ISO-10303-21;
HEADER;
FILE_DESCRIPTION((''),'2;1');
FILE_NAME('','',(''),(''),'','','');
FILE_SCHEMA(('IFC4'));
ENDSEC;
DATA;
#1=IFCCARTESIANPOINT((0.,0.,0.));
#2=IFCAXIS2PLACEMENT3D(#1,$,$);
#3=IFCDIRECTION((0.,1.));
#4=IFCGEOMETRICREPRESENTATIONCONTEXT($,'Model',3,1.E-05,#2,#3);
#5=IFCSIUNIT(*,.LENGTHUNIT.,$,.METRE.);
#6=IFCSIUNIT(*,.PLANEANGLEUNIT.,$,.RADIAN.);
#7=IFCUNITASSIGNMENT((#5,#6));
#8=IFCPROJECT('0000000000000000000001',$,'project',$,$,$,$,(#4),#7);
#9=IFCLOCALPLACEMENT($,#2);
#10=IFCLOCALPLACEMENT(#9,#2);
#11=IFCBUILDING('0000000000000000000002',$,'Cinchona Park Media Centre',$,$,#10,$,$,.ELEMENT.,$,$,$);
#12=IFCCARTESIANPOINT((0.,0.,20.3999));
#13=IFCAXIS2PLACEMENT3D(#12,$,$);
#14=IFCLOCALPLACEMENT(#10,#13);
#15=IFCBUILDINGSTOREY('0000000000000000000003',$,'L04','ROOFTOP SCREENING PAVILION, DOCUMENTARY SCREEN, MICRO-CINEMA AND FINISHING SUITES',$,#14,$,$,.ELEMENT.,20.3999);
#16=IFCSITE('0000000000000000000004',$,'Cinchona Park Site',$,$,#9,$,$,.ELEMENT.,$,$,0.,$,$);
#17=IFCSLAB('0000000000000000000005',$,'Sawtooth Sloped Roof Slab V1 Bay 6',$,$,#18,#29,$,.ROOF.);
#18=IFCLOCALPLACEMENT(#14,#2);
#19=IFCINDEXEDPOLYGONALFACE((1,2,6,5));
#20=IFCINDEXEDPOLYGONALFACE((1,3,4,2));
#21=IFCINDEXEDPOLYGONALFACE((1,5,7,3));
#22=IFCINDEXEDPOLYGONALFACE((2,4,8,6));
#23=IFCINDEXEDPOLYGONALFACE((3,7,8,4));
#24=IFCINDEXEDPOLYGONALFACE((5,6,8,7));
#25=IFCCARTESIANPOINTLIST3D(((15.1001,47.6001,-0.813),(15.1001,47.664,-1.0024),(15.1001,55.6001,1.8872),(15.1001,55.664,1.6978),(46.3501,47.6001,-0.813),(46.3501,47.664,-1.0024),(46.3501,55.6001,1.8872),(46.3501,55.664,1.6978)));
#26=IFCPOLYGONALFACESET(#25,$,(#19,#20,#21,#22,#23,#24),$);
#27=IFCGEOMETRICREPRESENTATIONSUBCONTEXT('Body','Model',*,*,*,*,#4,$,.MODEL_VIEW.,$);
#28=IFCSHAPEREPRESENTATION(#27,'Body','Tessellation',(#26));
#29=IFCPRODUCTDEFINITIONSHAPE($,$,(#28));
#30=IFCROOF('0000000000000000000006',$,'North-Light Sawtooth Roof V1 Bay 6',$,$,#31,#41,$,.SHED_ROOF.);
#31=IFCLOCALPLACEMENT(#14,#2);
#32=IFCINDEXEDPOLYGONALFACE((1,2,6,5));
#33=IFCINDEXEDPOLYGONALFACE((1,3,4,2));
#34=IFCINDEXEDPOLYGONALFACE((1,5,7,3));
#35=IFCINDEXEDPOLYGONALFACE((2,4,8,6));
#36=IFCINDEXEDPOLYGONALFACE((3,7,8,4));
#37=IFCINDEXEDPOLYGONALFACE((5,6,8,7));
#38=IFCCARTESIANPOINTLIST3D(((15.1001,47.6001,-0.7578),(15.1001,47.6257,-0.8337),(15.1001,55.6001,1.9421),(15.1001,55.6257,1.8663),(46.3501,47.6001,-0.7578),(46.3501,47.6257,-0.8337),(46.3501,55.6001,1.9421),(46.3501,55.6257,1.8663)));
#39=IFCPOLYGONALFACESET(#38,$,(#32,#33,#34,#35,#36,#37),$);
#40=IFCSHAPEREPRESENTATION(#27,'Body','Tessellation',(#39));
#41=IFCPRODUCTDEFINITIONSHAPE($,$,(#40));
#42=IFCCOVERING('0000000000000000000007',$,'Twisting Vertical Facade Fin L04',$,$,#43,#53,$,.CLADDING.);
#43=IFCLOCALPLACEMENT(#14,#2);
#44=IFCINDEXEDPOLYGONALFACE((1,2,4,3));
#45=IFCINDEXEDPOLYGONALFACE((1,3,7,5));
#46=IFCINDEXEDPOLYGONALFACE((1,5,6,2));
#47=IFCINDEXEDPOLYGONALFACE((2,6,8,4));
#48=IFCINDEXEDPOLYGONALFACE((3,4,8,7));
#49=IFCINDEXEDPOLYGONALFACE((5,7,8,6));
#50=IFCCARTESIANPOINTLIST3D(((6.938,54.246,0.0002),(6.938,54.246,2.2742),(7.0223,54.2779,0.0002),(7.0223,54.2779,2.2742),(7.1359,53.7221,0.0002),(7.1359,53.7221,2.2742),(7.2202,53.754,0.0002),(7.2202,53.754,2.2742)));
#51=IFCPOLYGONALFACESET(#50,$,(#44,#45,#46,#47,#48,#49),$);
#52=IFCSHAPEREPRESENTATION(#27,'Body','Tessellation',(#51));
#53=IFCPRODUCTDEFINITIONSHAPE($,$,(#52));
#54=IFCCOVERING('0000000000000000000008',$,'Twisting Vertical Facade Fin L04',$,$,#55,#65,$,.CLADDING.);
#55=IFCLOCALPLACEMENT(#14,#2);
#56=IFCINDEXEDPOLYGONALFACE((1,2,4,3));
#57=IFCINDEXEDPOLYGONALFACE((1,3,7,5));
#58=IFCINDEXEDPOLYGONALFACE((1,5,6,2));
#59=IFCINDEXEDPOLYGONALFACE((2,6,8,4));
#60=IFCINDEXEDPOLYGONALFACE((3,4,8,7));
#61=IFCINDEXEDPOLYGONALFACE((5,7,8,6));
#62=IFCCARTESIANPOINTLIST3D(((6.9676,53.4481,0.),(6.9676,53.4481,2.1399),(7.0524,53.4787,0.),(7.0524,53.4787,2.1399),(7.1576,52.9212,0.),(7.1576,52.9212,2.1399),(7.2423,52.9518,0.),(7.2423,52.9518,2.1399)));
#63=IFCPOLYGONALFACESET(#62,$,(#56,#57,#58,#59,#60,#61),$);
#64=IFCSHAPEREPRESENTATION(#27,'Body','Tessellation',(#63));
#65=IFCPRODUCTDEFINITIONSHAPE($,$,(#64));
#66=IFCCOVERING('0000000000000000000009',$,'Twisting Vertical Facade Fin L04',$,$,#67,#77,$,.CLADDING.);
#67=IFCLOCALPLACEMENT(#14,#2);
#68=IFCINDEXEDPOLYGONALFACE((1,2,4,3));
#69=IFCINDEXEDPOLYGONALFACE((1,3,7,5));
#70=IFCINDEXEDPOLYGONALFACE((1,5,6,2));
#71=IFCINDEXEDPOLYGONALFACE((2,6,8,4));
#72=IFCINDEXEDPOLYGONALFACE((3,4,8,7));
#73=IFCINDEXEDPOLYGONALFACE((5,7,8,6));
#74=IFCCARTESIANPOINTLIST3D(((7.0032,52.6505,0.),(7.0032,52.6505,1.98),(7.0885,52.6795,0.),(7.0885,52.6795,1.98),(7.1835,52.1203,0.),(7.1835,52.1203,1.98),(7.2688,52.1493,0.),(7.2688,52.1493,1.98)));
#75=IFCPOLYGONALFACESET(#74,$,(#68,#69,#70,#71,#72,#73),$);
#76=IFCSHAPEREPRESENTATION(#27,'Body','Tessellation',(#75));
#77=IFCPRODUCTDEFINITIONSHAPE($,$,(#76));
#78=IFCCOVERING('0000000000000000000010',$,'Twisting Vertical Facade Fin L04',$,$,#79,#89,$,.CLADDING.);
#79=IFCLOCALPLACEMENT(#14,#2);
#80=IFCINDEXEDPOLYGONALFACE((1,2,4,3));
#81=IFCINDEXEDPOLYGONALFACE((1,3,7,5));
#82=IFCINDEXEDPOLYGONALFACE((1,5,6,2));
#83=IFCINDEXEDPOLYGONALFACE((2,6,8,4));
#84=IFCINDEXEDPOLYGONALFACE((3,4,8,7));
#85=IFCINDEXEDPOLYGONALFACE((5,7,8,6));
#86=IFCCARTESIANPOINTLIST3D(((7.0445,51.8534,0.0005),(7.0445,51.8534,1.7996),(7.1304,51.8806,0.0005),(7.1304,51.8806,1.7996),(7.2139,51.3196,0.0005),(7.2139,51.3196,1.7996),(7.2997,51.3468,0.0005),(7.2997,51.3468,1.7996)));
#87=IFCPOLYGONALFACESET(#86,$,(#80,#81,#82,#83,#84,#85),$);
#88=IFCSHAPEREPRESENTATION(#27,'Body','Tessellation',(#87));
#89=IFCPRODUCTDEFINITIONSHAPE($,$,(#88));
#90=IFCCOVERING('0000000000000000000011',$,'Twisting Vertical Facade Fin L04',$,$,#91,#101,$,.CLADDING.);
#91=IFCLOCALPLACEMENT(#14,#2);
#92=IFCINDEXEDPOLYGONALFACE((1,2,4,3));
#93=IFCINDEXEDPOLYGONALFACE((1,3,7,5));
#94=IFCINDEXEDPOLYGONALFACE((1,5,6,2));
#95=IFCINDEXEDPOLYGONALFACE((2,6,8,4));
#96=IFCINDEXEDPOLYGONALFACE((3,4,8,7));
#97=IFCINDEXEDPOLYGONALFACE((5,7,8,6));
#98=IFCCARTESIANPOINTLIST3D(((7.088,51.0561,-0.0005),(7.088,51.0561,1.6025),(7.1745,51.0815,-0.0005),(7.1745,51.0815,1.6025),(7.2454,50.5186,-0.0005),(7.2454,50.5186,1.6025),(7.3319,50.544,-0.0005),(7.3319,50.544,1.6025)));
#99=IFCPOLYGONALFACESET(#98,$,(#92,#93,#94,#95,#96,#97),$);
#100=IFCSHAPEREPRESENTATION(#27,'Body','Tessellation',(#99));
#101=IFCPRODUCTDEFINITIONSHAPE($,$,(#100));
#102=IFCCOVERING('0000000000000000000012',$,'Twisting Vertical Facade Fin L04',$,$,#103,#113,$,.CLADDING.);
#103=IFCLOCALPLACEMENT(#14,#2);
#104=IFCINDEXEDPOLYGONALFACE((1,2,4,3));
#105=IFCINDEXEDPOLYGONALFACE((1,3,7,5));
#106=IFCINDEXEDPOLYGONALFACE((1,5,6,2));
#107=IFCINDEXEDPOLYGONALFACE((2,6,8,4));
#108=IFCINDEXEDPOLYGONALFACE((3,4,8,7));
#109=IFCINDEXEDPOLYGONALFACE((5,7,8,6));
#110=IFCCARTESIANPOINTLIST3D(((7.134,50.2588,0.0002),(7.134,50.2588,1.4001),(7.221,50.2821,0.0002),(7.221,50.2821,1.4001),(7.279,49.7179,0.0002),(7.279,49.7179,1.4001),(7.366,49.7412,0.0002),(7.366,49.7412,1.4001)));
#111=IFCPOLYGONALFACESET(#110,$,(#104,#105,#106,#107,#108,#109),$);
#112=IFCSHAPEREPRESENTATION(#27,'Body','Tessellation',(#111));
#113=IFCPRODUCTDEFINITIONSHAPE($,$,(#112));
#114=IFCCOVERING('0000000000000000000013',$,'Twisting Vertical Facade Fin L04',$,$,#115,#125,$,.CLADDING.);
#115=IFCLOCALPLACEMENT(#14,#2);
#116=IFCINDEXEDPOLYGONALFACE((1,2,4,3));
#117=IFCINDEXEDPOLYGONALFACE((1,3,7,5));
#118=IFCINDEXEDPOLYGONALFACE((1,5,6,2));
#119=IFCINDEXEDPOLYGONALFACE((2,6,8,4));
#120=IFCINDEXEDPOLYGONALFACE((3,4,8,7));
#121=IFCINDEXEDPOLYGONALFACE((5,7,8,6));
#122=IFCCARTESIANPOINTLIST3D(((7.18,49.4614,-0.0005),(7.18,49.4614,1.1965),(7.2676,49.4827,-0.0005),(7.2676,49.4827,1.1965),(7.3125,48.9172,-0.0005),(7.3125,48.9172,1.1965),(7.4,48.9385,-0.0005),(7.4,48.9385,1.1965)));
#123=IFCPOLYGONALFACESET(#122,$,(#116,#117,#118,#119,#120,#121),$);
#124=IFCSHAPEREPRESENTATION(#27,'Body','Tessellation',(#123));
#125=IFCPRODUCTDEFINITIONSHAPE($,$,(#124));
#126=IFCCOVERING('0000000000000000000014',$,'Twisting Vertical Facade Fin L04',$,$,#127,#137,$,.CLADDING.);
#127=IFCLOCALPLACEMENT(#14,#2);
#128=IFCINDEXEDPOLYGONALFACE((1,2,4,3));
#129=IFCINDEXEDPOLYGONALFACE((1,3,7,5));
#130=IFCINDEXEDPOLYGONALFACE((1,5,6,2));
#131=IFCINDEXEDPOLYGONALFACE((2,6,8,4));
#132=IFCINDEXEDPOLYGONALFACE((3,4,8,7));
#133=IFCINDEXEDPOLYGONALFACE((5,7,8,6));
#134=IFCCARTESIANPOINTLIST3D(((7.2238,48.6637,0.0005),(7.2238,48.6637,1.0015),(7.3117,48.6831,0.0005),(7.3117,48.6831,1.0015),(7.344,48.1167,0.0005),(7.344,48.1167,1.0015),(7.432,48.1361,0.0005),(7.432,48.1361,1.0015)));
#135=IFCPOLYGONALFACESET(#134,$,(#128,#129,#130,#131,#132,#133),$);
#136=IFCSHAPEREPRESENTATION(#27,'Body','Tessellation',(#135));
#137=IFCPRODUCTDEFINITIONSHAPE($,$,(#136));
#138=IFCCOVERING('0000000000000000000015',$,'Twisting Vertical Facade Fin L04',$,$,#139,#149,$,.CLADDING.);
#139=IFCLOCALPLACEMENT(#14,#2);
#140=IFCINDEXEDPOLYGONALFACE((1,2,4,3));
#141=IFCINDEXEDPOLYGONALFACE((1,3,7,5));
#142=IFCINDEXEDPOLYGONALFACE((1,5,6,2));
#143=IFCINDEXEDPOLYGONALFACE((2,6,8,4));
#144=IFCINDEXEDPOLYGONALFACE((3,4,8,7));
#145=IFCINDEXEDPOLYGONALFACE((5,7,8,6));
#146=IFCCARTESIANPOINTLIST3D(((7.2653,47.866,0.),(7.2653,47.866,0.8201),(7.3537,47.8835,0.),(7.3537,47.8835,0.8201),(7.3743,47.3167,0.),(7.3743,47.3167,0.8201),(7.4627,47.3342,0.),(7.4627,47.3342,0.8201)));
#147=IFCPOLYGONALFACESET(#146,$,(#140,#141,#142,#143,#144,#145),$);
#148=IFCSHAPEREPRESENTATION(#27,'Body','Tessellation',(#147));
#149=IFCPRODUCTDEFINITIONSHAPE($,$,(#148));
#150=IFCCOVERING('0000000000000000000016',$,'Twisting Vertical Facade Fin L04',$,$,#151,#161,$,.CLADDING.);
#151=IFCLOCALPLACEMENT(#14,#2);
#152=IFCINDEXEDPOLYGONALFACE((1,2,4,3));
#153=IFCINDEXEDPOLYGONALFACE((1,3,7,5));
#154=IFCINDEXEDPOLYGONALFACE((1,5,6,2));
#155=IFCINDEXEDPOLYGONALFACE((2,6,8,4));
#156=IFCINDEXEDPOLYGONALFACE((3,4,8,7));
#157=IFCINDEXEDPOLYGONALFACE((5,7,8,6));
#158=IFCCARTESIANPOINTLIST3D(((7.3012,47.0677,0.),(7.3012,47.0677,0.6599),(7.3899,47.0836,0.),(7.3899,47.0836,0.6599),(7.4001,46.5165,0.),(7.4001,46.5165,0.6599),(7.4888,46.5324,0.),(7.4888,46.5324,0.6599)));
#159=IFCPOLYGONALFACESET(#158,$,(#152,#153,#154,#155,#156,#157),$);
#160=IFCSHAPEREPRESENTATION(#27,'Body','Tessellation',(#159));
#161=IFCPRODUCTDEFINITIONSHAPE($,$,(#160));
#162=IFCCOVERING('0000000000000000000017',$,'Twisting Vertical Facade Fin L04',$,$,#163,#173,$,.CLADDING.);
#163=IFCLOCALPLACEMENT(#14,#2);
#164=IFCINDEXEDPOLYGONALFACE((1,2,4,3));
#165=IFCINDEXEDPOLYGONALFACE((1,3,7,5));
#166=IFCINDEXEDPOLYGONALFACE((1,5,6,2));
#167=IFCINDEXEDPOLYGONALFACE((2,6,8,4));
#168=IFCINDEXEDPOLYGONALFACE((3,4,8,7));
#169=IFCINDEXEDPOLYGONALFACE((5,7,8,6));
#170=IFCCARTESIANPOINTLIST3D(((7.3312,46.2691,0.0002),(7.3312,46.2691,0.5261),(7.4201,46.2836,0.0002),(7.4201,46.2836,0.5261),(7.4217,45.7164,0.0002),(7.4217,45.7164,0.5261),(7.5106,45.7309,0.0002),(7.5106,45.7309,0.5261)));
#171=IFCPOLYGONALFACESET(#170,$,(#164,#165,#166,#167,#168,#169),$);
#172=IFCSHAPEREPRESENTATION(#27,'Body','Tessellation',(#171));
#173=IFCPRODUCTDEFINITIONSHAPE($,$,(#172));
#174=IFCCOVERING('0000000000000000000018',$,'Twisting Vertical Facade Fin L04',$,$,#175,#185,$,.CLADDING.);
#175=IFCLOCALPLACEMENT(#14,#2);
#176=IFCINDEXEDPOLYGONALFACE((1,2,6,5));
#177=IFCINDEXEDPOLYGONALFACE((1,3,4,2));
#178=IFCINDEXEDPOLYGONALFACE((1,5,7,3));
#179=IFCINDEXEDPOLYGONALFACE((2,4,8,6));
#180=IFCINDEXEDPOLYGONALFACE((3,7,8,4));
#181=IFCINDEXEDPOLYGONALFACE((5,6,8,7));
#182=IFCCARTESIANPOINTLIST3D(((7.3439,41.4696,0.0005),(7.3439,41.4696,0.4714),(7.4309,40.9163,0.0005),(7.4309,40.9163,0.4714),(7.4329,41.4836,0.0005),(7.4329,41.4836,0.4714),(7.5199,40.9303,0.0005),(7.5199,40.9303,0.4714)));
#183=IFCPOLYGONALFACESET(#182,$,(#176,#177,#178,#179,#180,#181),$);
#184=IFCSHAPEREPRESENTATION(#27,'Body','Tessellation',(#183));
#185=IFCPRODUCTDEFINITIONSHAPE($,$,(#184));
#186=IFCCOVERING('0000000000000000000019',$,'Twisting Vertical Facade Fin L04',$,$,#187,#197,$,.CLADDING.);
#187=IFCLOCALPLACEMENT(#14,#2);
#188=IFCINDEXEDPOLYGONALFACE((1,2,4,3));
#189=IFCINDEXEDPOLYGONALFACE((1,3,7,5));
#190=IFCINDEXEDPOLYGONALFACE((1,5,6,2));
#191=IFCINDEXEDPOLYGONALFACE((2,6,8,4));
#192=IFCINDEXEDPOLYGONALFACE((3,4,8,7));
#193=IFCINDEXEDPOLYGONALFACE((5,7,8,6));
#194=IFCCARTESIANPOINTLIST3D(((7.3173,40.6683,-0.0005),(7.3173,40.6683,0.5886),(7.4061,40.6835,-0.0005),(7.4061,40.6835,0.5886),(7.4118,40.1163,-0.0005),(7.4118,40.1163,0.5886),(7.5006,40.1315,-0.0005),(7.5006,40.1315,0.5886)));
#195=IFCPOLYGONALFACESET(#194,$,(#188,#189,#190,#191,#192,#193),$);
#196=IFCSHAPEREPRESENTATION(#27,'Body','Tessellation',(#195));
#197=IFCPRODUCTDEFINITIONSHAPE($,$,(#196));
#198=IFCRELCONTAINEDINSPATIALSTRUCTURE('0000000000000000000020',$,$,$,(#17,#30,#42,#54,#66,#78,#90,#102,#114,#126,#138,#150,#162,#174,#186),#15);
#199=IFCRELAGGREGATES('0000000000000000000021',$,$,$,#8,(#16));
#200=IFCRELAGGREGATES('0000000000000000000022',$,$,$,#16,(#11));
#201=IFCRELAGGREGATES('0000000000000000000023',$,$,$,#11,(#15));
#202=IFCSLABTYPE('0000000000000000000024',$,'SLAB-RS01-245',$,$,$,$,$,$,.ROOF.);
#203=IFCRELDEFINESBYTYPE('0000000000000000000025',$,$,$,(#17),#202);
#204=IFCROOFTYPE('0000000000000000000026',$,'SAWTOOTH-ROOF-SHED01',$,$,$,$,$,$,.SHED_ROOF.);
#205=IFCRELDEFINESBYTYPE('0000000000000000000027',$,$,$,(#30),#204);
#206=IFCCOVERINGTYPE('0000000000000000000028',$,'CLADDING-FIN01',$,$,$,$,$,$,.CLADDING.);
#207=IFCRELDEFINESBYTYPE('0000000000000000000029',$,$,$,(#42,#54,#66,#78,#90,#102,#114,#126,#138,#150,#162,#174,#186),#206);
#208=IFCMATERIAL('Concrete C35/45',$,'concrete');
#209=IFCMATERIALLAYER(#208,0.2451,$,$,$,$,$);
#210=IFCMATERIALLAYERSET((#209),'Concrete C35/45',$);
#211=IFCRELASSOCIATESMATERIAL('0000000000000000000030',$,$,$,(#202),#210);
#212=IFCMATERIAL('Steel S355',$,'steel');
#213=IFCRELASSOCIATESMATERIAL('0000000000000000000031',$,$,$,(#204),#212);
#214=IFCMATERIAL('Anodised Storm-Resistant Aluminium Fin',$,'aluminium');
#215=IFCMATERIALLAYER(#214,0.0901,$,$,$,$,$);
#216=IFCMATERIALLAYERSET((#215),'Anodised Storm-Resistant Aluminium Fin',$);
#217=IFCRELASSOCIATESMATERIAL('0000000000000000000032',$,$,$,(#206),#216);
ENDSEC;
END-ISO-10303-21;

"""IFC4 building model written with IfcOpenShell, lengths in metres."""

from ifc_helpers import new_model, si_unit, direction, frame, origin, origin_2d, place, context, subcontext, project, spatial, polyline, rectangle, outline, extrude, material, layer, layer_set, type_object, element, save


model = new_model("IFC4")

# Units and contexts
model_context = context("Model", 3, precision=1e-05, world=origin(), true_north=direction((0.0, 1.0)))
body_context = subcontext(model_context, "Body", "Model", "MODEL_VIEW")
ifc_project = project(units=[si_unit("LENGTHUNIT", "METRE"), si_unit("PLANEANGLEUNIT", "RADIAN")], contexts=[model_context])

# Site, building, storey
site_placement = place(None, origin())
site = spatial("IfcSite", under=ifc_project, at=site_placement, Name="Cinchona Park Site", CompositionType="ELEMENT", RefElevation=0.0)
building_placement = place(site_placement, origin())
building = spatial("IfcBuilding", under=site, at=building_placement, Name="Cinchona Park Media Centre", CompositionType="ELEMENT")
storey_placement = place(building_placement, frame((0.0, 0.0, 20.3999)))
storey = spatial("IfcBuildingStorey", under=building, at=storey_placement, Name="L04", Description="ROOFTOP SCREENING PAVILION, DOCUMENTARY SCREEN, MICRO-CINEMA AND FINISHING SUITES", CompositionType="ELEMENT", Elevation=20.3999)

# Slab
ifc_material_1 = material(Name="Concrete C35/45", Category="concrete")
ifc_layer_1 = layer(ifc_material_1, 0.2451)
ifc_layer_set_1 = layer_set([ifc_layer_1], Name="Concrete C35/45")
slab_type = type_object("IfcSlabType", Name="SLAB-RS01-245", PredefinedType="ROOF", material=ifc_layer_set_1)
slab_placement = place(storey_placement, frame((15.1001, 47.6001, -0.813), z_axis=(0.0, -0.319799, 0.947485), x_axis=(1.0, 0.0, 0.0)))
element("IfcSlab", 1, at=slab_placement, inside=storey, type_object=slab_type, Name="Sawtooth Sloped Roof Slab V1 Bay 6", PredefinedType="ROOF", context=body_context, shape_type="SweptSolid", body=[
    extrude(outline(polyline([(0.0, 0.0), (31.25, 0.0), (31.25, 8.4434), (0.0, 8.4434), (0.0, 0.0)])), origin(), (0.0, 0.0, -1.0), 0.2),
])

# Roof
ifc_material_2 = material(Name="Steel S355", Category="steel")
roof_type = type_object("IfcRoofType", Name="SAWTOOTH-ROOF-SHED01", PredefinedType="SHED_ROOF", material=ifc_material_2)
roof_placement = place(storey_placement, frame((15.1001, 47.6001, -0.7578), z_axis=(0.0, -0.319773, 0.947494), x_axis=(1.0, 0.0, 0.0)))
element("IfcRoof", 2, at=roof_placement, inside=storey, type_object=roof_type, Name="North-Light Sawtooth Roof V1 Bay 6", PredefinedType="SHED_ROOF", context=body_context, shape_type="SweptSolid", body=[
    extrude(outline(polyline([(0.0, 0.0), (31.25, 0.0), (31.25, 8.4433), (0.0, 8.4433), (0.0, 0.0)])), origin(), (0.0, 0.0, -1.0), 0.0801),
])

# Coverings
ifc_material_3 = material(Name="Anodised Storm-Resistant Aluminium Fin", Category="aluminium")
ifc_layer_2 = layer(ifc_material_3, 0.0901)
ifc_layer_set_2 = layer_set([ifc_layer_2], Name="Anodised Storm-Resistant Aluminium Fin")
covering_type_1 = type_object("IfcCoveringType", Name="CLADDING-FIN01", PredefinedType="CLADDING", material=ifc_layer_set_2)
covering_1_placement = place(storey_placement, frame((7.0791, 54.0, 0.0002), z_axis=(0.0, 0.0, 1.0), x_axis=(0.353475, -0.935444, 0.0)))
element("IfcCovering", 3, at=covering_1_placement, inside=storey, type_object=covering_type_1, Name="Twisting Vertical Facade Fin L04", PredefinedType="CLADDING", context=body_context, shape_type="SweptSolid", body=[
    extrude(rectangle(XDim=0.5601, YDim=0.0901, at=origin_2d()), origin(), (0.0, 0.0, 1.0), 2.2739),
])
covering_2_placement = place(storey_placement, frame((7.105, 53.2, 0.0), z_axis=(0.0, 0.0, 1.0), x_axis=(0.339231, -0.940703, 0.0)))
element("IfcCovering", 4, at=covering_2_placement, inside=storey, type_object=covering_type_1, Name="Twisting Vertical Facade Fin L04", PredefinedType="CLADDING", context=body_context, shape_type="SweptSolid", body=[
    extrude(rectangle(XDim=0.5601, YDim=0.0901, at=origin_2d()), origin(), (0.0, 0.0, 1.0), 2.1399),
])
covering_3_placement = place(storey_placement, frame((7.136, 52.3999, 0.0), z_axis=(0.0, 0.0, 1.0), x_axis=(0.321935, -0.946762, 0.0)))
element("IfcCovering", 5, at=covering_3_placement, inside=storey, type_object=covering_type_1, Name="Twisting Vertical Facade Fin L04", PredefinedType="CLADDING", context=body_context, shape_type="SweptSolid", body=[
    extrude(rectangle(XDim=0.5601, YDim=0.0901, at=origin_2d()), origin(), (0.0, 0.0, 1.0), 1.98),
])
covering_4_placement = place(storey_placement, frame((7.1721, 51.6001, 0.0005), z_axis=(0.0, 0.0, 1.0), x_axis=(0.30237, -0.953191, 0.0)))
element("IfcCovering", 6, at=covering_4_placement, inside=storey, type_object=covering_type_1, Name="Twisting Vertical Facade Fin L04", PredefinedType="CLADDING", context=body_context, shape_type="SweptSolid", body=[
    extrude(rectangle(XDim=0.5601, YDim=0.0901, at=origin_2d()), origin(), (0.0, 0.0, 1.0), 1.7991),
])
covering_5_placement = place(storey_placement, frame((7.21, 50.8, -0.0005), z_axis=(0.0, 0.0, 1.0), x_axis=(0.281002, -0.959707, 0.0)))
element("IfcCovering", 7, at=covering_5_placement, inside=storey, type_object=covering_type_1, Name="Twisting Vertical Facade Fin L04", PredefinedType="CLADDING", context=body_context, shape_type="SweptSolid", body=[
    extrude(rectangle(XDim=0.5601, YDim=0.0901, at=origin_2d()), origin(), (0.0, 0.0, 1.0), 1.603),
])
covering_6_placement = place(storey_placement, frame((7.25, 50.0, 0.0002), z_axis=(0.0, 0.0, 1.0), x_axis=(0.258819, -0.965926, 0.0)))
element("IfcCovering", 8, at=covering_6_placement, inside=storey, type_object=covering_type_1, Name="Twisting Vertical Facade Fin L04", PredefinedType="CLADDING", context=body_context, shape_type="SweptSolid", body=[
    extrude(rectangle(XDim=0.5601, YDim=0.0901, at=origin_2d()), origin(), (0.0, 0.0, 1.0), 1.3999),
])
covering_7_placement = place(storey_placement, frame((7.29, 49.2, -0.0005), z_axis=(0.0, 0.0, 1.0), x_axis=(0.236499, -0.971632, 0.0)))
element("IfcCovering", 9, at=covering_7_placement, inside=storey, type_object=covering_type_1, Name="Twisting Vertical Facade Fin L04", PredefinedType="CLADDING", context=body_context, shape_type="SweptSolid", body=[
    extrude(rectangle(XDim=0.5601, YDim=0.0901, at=origin_2d()), origin(), (0.0, 0.0, 1.0), 1.197),
])
covering_8_placement = place(storey_placement, frame((7.3279, 48.3999, 0.0005), z_axis=(0.0, 0.0, 1.0), x_axis=(0.214735, -0.976672, 0.0)))
element("IfcCovering", 10, at=covering_8_placement, inside=storey, type_object=covering_type_1, Name="Twisting Vertical Facade Fin L04", PredefinedType="CLADDING", context=body_context, shape_type="SweptSolid", body=[
    extrude(rectangle(XDim=0.5601, YDim=0.0901, at=origin_2d()), origin(), (0.0, 0.0, 1.0), 1.001),
])
covering_9_placement = place(storey_placement, frame((7.364, 47.6001, 0.0), z_axis=(0.0, 0.0, 1.0), x_axis=(0.194577, -0.980887, 0.0)))
element("IfcCovering", 11, at=covering_9_placement, inside=storey, type_object=covering_type_1, Name="Twisting Vertical Facade Fin L04", PredefinedType="CLADDING", context=body_context, shape_type="SweptSolid", body=[
    extrude(rectangle(XDim=0.5601, YDim=0.0901, at=origin_2d()), origin(), (0.0, 0.0, 1.0), 0.8201),
])
covering_10_placement = place(storey_placement, frame((7.395, 46.8, 0.0), z_axis=(0.0, 0.0, 1.0), x_axis=(0.176569, -0.984288, 0.0)))
element("IfcCovering", 12, at=covering_10_placement, inside=storey, type_object=covering_type_1, Name="Twisting Vertical Facade Fin L04", PredefinedType="CLADDING", context=body_context, shape_type="SweptSolid", body=[
    extrude(rectangle(XDim=0.5601, YDim=0.0901, at=origin_2d()), origin(), (0.0, 0.0, 1.0), 0.6599),
])
covering_11_placement = place(storey_placement, frame((7.4209, 46.0, 0.0002), z_axis=(0.0, 0.0, 1.0), x_axis=(0.161604, -0.986856, 0.0)))
element("IfcCovering", 13, at=covering_11_placement, inside=storey, type_object=covering_type_1, Name="Twisting Vertical Facade Fin L04", PredefinedType="CLADDING", context=body_context, shape_type="SweptSolid", body=[
    extrude(rectangle(XDim=0.5601, YDim=0.0901, at=origin_2d()), origin(), (0.0, 0.0, 1.0), 0.5259),
])
covering_12_placement = place(storey_placement, frame((7.4319, 41.2, 0.0005), z_axis=(0.0, 0.0, 1.0), x_axis=(0.1554, -0.987852, 0.0)))
element("IfcCovering", 14, at=covering_12_placement, inside=storey, type_object=covering_type_1, Name="Twisting Vertical Facade Fin L04", PredefinedType="CLADDING", context=body_context, shape_type="SweptSolid", body=[
    extrude(rectangle(XDim=0.5601, YDim=0.0901, at=origin_2d()), origin(), (0.0, 0.0, 1.0), 0.4709),
])
covering_13_placement = place(storey_placement, frame((7.4089, 40.3999, -0.0005), z_axis=(0.0, 0.0, 1.0), x_axis=(0.168661, -0.985674, 0.0)))
element("IfcCovering", 15, at=covering_13_placement, inside=storey, type_object=covering_type_1, Name="Twisting Vertical Facade Fin L04", PredefinedType="CLADDING", context=body_context, shape_type="SweptSolid", body=[
    extrude(rectangle(XDim=0.5601, YDim=0.0901, at=origin_2d()), origin(), (0.0, 0.0, 1.0), 0.5891),
])

save(model, "model.ifc")
